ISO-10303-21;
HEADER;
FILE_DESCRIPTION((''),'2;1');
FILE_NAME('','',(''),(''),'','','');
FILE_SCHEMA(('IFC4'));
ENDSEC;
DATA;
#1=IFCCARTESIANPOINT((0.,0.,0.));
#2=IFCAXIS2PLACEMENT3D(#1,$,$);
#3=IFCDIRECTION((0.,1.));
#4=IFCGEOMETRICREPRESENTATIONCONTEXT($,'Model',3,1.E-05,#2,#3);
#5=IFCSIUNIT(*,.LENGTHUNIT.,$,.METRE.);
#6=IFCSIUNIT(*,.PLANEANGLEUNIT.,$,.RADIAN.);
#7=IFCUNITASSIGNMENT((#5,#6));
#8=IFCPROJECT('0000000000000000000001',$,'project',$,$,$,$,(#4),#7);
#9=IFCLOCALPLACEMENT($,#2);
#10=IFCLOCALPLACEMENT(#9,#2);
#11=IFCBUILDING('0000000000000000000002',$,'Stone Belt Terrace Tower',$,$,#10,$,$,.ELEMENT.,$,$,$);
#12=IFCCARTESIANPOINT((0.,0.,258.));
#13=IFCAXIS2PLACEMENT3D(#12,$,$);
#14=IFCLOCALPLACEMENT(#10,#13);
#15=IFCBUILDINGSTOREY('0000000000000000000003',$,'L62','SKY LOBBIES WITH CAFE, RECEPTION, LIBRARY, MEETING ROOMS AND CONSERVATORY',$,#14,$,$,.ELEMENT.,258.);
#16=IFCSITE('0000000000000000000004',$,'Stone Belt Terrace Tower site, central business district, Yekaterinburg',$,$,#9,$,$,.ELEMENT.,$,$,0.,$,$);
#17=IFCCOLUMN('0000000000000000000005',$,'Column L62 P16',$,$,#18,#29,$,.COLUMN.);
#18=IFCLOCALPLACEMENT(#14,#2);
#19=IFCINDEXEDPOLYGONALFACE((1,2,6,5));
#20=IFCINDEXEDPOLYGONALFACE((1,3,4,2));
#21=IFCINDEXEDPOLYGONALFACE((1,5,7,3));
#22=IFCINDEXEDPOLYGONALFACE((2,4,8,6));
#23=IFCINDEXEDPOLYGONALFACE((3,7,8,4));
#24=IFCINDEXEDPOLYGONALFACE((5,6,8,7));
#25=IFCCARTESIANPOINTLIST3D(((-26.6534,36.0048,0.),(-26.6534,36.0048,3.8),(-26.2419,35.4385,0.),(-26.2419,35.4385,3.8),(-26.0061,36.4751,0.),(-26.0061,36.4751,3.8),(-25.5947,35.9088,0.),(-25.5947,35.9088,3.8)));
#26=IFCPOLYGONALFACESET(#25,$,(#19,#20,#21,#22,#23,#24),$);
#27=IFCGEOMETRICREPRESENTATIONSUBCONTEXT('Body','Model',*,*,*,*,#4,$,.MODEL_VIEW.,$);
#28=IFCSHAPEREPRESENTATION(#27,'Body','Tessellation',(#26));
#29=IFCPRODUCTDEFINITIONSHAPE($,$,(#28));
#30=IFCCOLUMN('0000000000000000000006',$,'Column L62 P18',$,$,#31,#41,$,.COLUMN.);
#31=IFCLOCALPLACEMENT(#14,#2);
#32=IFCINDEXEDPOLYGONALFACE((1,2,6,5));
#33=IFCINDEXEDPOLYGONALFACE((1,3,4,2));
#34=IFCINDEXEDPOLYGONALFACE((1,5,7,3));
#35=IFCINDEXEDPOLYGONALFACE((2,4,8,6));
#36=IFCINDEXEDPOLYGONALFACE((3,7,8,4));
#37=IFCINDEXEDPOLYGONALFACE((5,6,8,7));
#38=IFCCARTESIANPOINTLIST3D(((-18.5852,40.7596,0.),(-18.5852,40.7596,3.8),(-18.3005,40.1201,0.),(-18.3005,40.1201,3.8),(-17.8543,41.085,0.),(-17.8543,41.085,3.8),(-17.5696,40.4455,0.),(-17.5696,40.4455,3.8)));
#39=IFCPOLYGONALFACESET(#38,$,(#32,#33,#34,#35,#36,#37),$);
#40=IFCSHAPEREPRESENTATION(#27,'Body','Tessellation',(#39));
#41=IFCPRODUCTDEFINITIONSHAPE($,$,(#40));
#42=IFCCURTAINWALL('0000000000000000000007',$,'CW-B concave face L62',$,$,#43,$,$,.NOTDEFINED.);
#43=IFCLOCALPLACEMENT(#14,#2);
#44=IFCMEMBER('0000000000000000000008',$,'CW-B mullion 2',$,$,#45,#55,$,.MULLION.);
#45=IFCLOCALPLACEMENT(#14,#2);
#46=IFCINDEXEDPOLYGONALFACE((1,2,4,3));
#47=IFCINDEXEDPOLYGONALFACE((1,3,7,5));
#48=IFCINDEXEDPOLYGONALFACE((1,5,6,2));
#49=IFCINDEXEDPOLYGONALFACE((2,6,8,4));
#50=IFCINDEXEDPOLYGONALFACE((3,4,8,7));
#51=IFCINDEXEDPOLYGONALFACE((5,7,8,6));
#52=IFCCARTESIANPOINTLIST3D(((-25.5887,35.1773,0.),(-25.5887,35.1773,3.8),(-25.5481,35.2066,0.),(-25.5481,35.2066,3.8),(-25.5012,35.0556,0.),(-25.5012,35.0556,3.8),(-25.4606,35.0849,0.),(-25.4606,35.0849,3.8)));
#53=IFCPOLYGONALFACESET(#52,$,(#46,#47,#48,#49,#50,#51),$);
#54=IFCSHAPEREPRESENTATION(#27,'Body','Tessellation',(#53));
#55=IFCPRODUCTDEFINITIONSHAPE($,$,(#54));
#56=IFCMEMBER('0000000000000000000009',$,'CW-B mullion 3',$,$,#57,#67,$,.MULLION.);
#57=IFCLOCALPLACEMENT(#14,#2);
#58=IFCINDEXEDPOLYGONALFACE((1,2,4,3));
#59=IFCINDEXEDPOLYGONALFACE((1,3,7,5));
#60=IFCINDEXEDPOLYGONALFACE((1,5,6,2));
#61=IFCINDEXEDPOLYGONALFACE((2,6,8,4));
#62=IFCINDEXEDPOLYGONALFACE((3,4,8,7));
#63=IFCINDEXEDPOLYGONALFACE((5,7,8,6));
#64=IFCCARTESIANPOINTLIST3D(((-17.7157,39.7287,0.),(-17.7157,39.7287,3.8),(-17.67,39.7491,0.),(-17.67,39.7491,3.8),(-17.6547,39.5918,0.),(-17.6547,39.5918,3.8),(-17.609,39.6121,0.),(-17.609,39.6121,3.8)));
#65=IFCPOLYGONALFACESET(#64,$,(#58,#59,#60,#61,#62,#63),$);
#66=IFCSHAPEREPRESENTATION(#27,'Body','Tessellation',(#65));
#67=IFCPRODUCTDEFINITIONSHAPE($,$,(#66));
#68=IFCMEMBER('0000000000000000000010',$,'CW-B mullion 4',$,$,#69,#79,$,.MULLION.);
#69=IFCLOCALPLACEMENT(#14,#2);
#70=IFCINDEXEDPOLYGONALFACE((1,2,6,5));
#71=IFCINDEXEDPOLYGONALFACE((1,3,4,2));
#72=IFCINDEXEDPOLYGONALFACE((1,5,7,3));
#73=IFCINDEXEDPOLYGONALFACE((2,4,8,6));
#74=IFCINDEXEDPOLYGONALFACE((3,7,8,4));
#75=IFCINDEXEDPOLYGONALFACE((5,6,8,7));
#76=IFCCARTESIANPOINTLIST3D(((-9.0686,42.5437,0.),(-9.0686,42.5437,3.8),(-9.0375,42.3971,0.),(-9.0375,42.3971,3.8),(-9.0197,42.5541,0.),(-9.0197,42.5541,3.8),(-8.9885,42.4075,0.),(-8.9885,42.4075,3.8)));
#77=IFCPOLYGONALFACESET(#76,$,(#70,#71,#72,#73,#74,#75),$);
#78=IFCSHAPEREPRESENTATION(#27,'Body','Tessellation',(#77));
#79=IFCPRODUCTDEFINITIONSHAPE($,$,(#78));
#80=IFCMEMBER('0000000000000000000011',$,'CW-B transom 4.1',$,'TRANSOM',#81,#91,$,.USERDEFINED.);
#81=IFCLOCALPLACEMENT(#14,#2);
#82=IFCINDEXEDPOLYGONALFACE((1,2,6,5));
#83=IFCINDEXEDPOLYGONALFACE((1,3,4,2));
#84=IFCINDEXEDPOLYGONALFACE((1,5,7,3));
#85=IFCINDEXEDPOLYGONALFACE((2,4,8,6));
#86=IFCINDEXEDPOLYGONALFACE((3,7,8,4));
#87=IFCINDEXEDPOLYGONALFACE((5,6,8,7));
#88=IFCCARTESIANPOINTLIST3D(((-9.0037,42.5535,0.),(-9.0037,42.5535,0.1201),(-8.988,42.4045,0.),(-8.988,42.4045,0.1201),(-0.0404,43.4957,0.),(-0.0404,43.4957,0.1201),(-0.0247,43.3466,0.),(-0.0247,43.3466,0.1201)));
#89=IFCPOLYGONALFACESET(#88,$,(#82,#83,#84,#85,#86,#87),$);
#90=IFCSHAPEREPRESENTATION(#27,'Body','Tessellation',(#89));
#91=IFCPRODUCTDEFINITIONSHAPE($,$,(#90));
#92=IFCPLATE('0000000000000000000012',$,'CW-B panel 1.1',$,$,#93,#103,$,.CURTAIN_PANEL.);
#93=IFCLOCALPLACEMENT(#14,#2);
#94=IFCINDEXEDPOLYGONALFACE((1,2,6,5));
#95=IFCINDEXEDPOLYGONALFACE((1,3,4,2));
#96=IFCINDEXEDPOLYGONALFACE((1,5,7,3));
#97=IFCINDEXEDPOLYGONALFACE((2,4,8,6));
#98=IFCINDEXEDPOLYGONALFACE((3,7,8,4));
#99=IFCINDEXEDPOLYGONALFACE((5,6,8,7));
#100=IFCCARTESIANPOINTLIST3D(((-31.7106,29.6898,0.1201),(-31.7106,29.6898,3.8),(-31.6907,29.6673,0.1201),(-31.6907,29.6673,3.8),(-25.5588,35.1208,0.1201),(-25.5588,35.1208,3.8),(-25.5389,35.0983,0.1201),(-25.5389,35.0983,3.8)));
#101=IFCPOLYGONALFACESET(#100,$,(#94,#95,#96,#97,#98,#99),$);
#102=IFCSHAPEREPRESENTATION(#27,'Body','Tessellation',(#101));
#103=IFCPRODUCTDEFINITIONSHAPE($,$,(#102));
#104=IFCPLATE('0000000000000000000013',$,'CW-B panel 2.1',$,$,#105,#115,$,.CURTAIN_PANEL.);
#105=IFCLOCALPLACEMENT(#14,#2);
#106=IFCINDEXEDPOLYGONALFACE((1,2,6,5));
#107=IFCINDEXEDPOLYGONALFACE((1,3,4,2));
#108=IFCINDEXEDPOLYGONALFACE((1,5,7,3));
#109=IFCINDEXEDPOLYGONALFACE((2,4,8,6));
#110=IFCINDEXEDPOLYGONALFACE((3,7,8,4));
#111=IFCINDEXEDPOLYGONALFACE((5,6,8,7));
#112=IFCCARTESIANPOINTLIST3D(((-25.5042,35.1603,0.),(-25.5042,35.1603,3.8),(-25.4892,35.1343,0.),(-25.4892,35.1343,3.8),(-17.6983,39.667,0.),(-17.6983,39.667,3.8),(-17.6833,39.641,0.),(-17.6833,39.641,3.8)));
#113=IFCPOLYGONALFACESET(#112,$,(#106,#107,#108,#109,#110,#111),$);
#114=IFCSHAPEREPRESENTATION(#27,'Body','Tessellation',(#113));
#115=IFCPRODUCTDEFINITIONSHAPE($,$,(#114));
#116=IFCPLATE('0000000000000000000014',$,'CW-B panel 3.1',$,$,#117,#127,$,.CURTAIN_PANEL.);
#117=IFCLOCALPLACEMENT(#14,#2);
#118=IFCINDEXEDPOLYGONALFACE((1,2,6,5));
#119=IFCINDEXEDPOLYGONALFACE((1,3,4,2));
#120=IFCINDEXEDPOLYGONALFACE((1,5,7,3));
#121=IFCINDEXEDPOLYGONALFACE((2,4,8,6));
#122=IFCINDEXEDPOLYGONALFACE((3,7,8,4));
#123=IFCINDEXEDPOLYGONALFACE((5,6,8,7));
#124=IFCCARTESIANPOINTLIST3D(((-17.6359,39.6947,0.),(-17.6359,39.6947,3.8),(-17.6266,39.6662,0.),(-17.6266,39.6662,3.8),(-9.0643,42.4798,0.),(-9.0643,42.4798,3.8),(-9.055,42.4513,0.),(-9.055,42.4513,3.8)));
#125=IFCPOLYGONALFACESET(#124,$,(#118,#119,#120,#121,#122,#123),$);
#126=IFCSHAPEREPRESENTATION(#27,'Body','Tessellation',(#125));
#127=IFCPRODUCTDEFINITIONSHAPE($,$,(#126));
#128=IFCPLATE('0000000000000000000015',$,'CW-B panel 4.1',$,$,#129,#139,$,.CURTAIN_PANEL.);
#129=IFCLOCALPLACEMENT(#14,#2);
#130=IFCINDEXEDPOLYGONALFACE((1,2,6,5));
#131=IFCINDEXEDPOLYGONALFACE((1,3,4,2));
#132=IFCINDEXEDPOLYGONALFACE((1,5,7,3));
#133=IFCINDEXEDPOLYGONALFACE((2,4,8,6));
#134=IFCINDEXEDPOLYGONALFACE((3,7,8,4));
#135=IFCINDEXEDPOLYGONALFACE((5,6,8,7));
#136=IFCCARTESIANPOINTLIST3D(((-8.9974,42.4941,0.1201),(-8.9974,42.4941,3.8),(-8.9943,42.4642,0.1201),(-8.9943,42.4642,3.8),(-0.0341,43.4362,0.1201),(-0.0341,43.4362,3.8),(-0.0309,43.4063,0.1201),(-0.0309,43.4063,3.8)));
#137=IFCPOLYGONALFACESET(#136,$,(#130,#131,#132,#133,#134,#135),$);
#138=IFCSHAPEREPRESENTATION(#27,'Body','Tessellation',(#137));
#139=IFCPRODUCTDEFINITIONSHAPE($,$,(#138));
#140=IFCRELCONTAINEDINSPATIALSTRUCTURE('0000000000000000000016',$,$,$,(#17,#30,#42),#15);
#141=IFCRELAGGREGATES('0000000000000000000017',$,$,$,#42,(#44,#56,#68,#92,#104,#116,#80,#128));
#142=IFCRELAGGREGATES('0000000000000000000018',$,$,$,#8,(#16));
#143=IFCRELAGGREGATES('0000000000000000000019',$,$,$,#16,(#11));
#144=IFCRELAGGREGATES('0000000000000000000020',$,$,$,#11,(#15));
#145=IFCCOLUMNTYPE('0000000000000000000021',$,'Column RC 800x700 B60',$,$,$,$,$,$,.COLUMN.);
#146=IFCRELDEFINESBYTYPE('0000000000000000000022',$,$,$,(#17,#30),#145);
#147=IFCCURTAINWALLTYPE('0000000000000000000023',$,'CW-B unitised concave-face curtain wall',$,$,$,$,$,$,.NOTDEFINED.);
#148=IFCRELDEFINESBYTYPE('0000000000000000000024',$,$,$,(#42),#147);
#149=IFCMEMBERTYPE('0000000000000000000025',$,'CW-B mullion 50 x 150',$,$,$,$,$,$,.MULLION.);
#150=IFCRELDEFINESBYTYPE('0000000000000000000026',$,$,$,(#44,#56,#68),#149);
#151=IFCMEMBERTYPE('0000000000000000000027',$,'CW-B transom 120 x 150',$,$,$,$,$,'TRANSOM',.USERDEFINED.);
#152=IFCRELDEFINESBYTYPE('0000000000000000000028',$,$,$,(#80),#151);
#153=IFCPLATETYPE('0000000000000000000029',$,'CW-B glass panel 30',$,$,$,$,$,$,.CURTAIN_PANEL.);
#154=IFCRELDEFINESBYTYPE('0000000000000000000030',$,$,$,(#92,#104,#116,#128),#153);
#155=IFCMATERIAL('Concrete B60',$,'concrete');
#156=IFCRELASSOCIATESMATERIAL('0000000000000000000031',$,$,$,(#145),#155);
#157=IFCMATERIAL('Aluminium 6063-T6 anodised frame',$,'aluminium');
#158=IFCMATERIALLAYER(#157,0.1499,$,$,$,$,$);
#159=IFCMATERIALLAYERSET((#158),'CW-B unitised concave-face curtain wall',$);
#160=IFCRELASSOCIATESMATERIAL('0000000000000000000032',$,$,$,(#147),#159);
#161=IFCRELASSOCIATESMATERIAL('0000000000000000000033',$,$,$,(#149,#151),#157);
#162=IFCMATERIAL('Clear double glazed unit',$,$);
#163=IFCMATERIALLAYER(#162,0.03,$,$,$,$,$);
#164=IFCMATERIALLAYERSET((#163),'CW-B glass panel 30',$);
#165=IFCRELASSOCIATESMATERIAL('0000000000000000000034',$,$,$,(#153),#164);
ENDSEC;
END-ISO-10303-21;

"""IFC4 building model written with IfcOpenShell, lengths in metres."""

from ifc_helpers import new_model, si_unit, direction, frame, origin, origin_2d, place, context, subcontext, project, spatial, rectangle, extrude, material, layer, layer_set, material_profile, profile_set, type_object, element, aggregate, save


model = new_model("IFC4")

# Units and contexts
model_context = context("Model", 3, precision=1e-05, world=origin(), true_north=direction((0.0, 1.0)))
body_context = subcontext(model_context, "Body", "Model", "MODEL_VIEW")
ifc_project = project(units=[si_unit("LENGTHUNIT", "METRE"), si_unit("PLANEANGLEUNIT", "RADIAN")], contexts=[model_context])

# Site, building, storey
site_placement = place(None, origin())
site = spatial("IfcSite", under=ifc_project, at=site_placement, Name="Stone Belt Terrace Tower site, central business district, Yekaterinburg", CompositionType="ELEMENT", RefElevation=0.0)
building_placement = place(site_placement, origin())
building = spatial("IfcBuilding", under=site, at=building_placement, Name="Stone Belt Terrace Tower", CompositionType="ELEMENT")
storey_placement = place(building_placement, frame((0.0, 0.0, 258.0)))
storey = spatial("IfcBuildingStorey", under=building, at=storey_placement, Name="L62", Description="SKY LOBBIES WITH CAFE, RECEPTION, LIBRARY, MEETING ROOMS AND CONSERVATORY", CompositionType="ELEMENT", Elevation=258.0)

# Columns
ifc_material_1 = material(Name="Concrete B60", Category="concrete")
ifc_material_profile_1 = material_profile(ifc_material_1, rectangle(XDim=0.8, YDim=0.7, at=origin_2d()), Name="RC 800x700")
ifc_profile_set_1 = profile_set([ifc_material_profile_1], Name="Concrete B60")
column_type = type_object("IfcColumnType", Name="Column RC 800x700 B60", PredefinedType="COLUMN", material=ifc_profile_set_1)
for number, where, z_axis, x_axis, name in (
    (1, (-26.124, 35.9568, 0.0), (0.0, 0.0, 1.0), (0.809017, 0.587785, 0.0), "Column L62 P16"),
    (2, (-18.0774, 40.6025, 0.0), (0.0, 0.0, 1.0), (0.913545, 0.406737, 0.0), "Column L62 P18"),
):
    element("IfcColumn", number, at=place(storey_placement, frame(where, z_axis=z_axis, x_axis=x_axis)), inside=storey, type_object=column_type, Name=name, PredefinedType="COLUMN", context=body_context, shape_type="SweptSolid", body=[
        extrude(rectangle(XDim=0.8, YDim=0.7, at=origin_2d()), origin(), (0.0, 0.0, 1.0), 3.8),
    ])

# Curtain wall, members, plates
ifc_material_2 = material(Name="Aluminium 6063-T6 anodised frame", Category="aluminium")
ifc_layer_1 = layer(ifc_material_2, 0.1499)
ifc_layer_set_1 = layer_set([ifc_layer_1], Name="CW-B unitised concave-face curtain wall")
curtain_wall_type = type_object("IfcCurtainWallType", Name="CW-B unitised concave-face curtain wall", PredefinedType="NOTDEFINED", material=ifc_layer_set_1)
curtain_wall_placement = place(storey_placement, origin())
curtain_wall = element("IfcCurtainWall", 3, at=curtain_wall_placement, inside=storey, type_object=curtain_wall_type, Name="CW-B concave face L62", PredefinedType="NOTDEFINED")
ifc_material_profile_2 = material_profile(ifc_material_2, rectangle(XDim=0.1499, YDim=0.05, at=origin_2d()), Name="Aluminium 6063-T6 50x150")
ifc_profile_set_2 = profile_set([ifc_material_profile_2], Name="Aluminium 6063-T6 anodised frame")
member_type_1 = type_object("IfcMemberType", Name="CW-B mullion 50 x 150", PredefinedType="MULLION", material=ifc_profile_set_2)
member_1_placement = place(storey_placement, frame((-25.5247, 35.1311, 0.0), z_axis=(0.0, 0.0, 1.0), x_axis=(-0.583819, 0.811884, 0.0)))
member_1 = element("IfcMember", 4, at=member_1_placement, type_object=member_type_1, Name="CW-B mullion 2", PredefinedType="MULLION", context=body_context, shape_type="SweptSolid", body=[
    extrude(rectangle(XDim=0.1499, YDim=0.05, at=origin_2d()), origin(), (0.0, 0.0, 1.0), 3.8),
])
member_2_placement = place(storey_placement, frame((-17.6624, 39.6704, 0.0), z_axis=(0.0, 0.0, 1.0), x_axis=(-0.406737, 0.913545, 0.0)))
member_2 = element("IfcMember", 5, at=member_2_placement, type_object=member_type_1, Name="CW-B mullion 3", PredefinedType="MULLION", context=body_context, shape_type="SweptSolid", body=[
    extrude(rectangle(XDim=0.1499, YDim=0.05, at=origin_2d()), origin(), (0.0, 0.0, 1.0), 3.8),
])
member_3_placement = place(storey_placement, frame((-9.0286, 42.4756, 0.0), z_axis=(0.0, 0.0, 1.0), x_axis=(-0.207912, 0.978148, 0.0)))
member_3 = element("IfcMember", 6, at=member_3_placement, type_object=member_type_1, Name="CW-B mullion 4", PredefinedType="MULLION", context=body_context, shape_type="SweptSolid", body=[
    extrude(rectangle(XDim=0.1499, YDim=0.05, at=origin_2d()), origin(), (0.0, 0.0, 1.0), 3.8),
])
ifc_material_profile_3 = material_profile(ifc_material_2, rectangle(XDim=0.1499, YDim=0.1201, at=origin_2d()), Name="Aluminium 6063-T6 150x120")
ifc_profile_set_3 = profile_set([ifc_material_profile_3], Name="Aluminium 6063-T6 anodised frame")
member_type_2 = type_object("IfcMemberType", Name="CW-B transom 120 x 150", ElementType="TRANSOM", PredefinedType="USERDEFINED", material=ifc_profile_set_3)
member_4_placement = place(storey_placement, frame((-8.9958, 42.479, 0.0601), z_axis=(0.994521, 0.104534, 0.0), x_axis=(-0.104534, 0.994521, 0.0)))
member_4 = element("IfcMember", 7, at=member_4_placement, type_object=member_type_2, Name="CW-B transom 4.1", ObjectType="TRANSOM", PredefinedType="USERDEFINED", context=body_context, shape_type="SweptSolid", body=[
    extrude(rectangle(XDim=0.1499, YDim=0.1201, at=origin_2d()), origin(), (0.0, 0.0, 1.0), 9.0127),
])
ifc_material_3 = material(Name="Clear double glazed unit")
ifc_layer_2 = layer(ifc_material_3, 0.03)
ifc_layer_set_2 = layer_set([ifc_layer_2], Name="CW-B glass panel 30")
plate_type = type_object("IfcPlateType", Name="CW-B glass panel 30", PredefinedType="CURTAIN_PANEL", material=ifc_layer_set_2)
plate_1_placement = place(storey_placement, frame((-28.6248, 32.394, 0.1201), z_axis=(0.0, 0.0, 1.0), x_axis=(0.749659, 0.661825, 0.0)))
plate_1 = element("IfcPlate", 8, at=plate_1_placement, type_object=plate_type, Name="CW-B panel 1.1", PredefinedType="CURTAIN_PANEL", context=body_context, shape_type="SweptSolid", body=[
    extrude(rectangle(XDim=8.2061, YDim=0.03, at=origin_2d()), origin(), (0.0, 0.0, 1.0), 3.6799),
])
plate_2_placement = place(storey_placement, frame((-21.5938, 37.4006, 0.0), z_axis=(0.0, 0.0, 1.0), x_axis=(0.866025, 0.5, 0.0)))
plate_2 = element("IfcPlate", 9, at=plate_2_placement, type_object=plate_type, Name="CW-B panel 2.1", PredefinedType="CURTAIN_PANEL", context=body_context, shape_type="SweptSolid", body=[
    extrude(rectangle(XDim=9.0134, YDim=0.03, at=origin_2d()), origin(), (0.0, 0.0, 1.0), 3.8),
])
plate_3_placement = place(storey_placement, frame((-13.3455, 41.073, 0.0), z_axis=(0.0, 0.0, 1.0), x_axis=(0.951057, 0.309017, 0.0)))
plate_3 = element("IfcPlate", 10, at=plate_3_placement, type_object=plate_type, Name="CW-B panel 3.1", PredefinedType="CURTAIN_PANEL", context=body_context, shape_type="SweptSolid", body=[
    extrude(rectangle(XDim=9.0127, YDim=0.03, at=origin_2d()), origin(), (0.0, 0.0, 1.0), 3.8),
])
plate_4_placement = place(storey_placement, frame((-4.5142, 42.9502, 0.1201), z_axis=(0.0, 0.0, 1.0), x_axis=(0.994522, 0.104528, 0.0)))
plate_4 = element("IfcPlate", 11, at=plate_4_placement, type_object=plate_type, Name="CW-B panel 4.1", PredefinedType="CURTAIN_PANEL", context=body_context, shape_type="SweptSolid", body=[
    extrude(rectangle(XDim=9.0127, YDim=0.03, at=origin_2d()), origin(), (0.0, 0.0, 1.0), 3.6799),
])
aggregate(curtain_wall, [member_1, member_2, member_3, plate_1, plate_2, plate_3, member_4, plate_4])

save(model, "model.ifc")
